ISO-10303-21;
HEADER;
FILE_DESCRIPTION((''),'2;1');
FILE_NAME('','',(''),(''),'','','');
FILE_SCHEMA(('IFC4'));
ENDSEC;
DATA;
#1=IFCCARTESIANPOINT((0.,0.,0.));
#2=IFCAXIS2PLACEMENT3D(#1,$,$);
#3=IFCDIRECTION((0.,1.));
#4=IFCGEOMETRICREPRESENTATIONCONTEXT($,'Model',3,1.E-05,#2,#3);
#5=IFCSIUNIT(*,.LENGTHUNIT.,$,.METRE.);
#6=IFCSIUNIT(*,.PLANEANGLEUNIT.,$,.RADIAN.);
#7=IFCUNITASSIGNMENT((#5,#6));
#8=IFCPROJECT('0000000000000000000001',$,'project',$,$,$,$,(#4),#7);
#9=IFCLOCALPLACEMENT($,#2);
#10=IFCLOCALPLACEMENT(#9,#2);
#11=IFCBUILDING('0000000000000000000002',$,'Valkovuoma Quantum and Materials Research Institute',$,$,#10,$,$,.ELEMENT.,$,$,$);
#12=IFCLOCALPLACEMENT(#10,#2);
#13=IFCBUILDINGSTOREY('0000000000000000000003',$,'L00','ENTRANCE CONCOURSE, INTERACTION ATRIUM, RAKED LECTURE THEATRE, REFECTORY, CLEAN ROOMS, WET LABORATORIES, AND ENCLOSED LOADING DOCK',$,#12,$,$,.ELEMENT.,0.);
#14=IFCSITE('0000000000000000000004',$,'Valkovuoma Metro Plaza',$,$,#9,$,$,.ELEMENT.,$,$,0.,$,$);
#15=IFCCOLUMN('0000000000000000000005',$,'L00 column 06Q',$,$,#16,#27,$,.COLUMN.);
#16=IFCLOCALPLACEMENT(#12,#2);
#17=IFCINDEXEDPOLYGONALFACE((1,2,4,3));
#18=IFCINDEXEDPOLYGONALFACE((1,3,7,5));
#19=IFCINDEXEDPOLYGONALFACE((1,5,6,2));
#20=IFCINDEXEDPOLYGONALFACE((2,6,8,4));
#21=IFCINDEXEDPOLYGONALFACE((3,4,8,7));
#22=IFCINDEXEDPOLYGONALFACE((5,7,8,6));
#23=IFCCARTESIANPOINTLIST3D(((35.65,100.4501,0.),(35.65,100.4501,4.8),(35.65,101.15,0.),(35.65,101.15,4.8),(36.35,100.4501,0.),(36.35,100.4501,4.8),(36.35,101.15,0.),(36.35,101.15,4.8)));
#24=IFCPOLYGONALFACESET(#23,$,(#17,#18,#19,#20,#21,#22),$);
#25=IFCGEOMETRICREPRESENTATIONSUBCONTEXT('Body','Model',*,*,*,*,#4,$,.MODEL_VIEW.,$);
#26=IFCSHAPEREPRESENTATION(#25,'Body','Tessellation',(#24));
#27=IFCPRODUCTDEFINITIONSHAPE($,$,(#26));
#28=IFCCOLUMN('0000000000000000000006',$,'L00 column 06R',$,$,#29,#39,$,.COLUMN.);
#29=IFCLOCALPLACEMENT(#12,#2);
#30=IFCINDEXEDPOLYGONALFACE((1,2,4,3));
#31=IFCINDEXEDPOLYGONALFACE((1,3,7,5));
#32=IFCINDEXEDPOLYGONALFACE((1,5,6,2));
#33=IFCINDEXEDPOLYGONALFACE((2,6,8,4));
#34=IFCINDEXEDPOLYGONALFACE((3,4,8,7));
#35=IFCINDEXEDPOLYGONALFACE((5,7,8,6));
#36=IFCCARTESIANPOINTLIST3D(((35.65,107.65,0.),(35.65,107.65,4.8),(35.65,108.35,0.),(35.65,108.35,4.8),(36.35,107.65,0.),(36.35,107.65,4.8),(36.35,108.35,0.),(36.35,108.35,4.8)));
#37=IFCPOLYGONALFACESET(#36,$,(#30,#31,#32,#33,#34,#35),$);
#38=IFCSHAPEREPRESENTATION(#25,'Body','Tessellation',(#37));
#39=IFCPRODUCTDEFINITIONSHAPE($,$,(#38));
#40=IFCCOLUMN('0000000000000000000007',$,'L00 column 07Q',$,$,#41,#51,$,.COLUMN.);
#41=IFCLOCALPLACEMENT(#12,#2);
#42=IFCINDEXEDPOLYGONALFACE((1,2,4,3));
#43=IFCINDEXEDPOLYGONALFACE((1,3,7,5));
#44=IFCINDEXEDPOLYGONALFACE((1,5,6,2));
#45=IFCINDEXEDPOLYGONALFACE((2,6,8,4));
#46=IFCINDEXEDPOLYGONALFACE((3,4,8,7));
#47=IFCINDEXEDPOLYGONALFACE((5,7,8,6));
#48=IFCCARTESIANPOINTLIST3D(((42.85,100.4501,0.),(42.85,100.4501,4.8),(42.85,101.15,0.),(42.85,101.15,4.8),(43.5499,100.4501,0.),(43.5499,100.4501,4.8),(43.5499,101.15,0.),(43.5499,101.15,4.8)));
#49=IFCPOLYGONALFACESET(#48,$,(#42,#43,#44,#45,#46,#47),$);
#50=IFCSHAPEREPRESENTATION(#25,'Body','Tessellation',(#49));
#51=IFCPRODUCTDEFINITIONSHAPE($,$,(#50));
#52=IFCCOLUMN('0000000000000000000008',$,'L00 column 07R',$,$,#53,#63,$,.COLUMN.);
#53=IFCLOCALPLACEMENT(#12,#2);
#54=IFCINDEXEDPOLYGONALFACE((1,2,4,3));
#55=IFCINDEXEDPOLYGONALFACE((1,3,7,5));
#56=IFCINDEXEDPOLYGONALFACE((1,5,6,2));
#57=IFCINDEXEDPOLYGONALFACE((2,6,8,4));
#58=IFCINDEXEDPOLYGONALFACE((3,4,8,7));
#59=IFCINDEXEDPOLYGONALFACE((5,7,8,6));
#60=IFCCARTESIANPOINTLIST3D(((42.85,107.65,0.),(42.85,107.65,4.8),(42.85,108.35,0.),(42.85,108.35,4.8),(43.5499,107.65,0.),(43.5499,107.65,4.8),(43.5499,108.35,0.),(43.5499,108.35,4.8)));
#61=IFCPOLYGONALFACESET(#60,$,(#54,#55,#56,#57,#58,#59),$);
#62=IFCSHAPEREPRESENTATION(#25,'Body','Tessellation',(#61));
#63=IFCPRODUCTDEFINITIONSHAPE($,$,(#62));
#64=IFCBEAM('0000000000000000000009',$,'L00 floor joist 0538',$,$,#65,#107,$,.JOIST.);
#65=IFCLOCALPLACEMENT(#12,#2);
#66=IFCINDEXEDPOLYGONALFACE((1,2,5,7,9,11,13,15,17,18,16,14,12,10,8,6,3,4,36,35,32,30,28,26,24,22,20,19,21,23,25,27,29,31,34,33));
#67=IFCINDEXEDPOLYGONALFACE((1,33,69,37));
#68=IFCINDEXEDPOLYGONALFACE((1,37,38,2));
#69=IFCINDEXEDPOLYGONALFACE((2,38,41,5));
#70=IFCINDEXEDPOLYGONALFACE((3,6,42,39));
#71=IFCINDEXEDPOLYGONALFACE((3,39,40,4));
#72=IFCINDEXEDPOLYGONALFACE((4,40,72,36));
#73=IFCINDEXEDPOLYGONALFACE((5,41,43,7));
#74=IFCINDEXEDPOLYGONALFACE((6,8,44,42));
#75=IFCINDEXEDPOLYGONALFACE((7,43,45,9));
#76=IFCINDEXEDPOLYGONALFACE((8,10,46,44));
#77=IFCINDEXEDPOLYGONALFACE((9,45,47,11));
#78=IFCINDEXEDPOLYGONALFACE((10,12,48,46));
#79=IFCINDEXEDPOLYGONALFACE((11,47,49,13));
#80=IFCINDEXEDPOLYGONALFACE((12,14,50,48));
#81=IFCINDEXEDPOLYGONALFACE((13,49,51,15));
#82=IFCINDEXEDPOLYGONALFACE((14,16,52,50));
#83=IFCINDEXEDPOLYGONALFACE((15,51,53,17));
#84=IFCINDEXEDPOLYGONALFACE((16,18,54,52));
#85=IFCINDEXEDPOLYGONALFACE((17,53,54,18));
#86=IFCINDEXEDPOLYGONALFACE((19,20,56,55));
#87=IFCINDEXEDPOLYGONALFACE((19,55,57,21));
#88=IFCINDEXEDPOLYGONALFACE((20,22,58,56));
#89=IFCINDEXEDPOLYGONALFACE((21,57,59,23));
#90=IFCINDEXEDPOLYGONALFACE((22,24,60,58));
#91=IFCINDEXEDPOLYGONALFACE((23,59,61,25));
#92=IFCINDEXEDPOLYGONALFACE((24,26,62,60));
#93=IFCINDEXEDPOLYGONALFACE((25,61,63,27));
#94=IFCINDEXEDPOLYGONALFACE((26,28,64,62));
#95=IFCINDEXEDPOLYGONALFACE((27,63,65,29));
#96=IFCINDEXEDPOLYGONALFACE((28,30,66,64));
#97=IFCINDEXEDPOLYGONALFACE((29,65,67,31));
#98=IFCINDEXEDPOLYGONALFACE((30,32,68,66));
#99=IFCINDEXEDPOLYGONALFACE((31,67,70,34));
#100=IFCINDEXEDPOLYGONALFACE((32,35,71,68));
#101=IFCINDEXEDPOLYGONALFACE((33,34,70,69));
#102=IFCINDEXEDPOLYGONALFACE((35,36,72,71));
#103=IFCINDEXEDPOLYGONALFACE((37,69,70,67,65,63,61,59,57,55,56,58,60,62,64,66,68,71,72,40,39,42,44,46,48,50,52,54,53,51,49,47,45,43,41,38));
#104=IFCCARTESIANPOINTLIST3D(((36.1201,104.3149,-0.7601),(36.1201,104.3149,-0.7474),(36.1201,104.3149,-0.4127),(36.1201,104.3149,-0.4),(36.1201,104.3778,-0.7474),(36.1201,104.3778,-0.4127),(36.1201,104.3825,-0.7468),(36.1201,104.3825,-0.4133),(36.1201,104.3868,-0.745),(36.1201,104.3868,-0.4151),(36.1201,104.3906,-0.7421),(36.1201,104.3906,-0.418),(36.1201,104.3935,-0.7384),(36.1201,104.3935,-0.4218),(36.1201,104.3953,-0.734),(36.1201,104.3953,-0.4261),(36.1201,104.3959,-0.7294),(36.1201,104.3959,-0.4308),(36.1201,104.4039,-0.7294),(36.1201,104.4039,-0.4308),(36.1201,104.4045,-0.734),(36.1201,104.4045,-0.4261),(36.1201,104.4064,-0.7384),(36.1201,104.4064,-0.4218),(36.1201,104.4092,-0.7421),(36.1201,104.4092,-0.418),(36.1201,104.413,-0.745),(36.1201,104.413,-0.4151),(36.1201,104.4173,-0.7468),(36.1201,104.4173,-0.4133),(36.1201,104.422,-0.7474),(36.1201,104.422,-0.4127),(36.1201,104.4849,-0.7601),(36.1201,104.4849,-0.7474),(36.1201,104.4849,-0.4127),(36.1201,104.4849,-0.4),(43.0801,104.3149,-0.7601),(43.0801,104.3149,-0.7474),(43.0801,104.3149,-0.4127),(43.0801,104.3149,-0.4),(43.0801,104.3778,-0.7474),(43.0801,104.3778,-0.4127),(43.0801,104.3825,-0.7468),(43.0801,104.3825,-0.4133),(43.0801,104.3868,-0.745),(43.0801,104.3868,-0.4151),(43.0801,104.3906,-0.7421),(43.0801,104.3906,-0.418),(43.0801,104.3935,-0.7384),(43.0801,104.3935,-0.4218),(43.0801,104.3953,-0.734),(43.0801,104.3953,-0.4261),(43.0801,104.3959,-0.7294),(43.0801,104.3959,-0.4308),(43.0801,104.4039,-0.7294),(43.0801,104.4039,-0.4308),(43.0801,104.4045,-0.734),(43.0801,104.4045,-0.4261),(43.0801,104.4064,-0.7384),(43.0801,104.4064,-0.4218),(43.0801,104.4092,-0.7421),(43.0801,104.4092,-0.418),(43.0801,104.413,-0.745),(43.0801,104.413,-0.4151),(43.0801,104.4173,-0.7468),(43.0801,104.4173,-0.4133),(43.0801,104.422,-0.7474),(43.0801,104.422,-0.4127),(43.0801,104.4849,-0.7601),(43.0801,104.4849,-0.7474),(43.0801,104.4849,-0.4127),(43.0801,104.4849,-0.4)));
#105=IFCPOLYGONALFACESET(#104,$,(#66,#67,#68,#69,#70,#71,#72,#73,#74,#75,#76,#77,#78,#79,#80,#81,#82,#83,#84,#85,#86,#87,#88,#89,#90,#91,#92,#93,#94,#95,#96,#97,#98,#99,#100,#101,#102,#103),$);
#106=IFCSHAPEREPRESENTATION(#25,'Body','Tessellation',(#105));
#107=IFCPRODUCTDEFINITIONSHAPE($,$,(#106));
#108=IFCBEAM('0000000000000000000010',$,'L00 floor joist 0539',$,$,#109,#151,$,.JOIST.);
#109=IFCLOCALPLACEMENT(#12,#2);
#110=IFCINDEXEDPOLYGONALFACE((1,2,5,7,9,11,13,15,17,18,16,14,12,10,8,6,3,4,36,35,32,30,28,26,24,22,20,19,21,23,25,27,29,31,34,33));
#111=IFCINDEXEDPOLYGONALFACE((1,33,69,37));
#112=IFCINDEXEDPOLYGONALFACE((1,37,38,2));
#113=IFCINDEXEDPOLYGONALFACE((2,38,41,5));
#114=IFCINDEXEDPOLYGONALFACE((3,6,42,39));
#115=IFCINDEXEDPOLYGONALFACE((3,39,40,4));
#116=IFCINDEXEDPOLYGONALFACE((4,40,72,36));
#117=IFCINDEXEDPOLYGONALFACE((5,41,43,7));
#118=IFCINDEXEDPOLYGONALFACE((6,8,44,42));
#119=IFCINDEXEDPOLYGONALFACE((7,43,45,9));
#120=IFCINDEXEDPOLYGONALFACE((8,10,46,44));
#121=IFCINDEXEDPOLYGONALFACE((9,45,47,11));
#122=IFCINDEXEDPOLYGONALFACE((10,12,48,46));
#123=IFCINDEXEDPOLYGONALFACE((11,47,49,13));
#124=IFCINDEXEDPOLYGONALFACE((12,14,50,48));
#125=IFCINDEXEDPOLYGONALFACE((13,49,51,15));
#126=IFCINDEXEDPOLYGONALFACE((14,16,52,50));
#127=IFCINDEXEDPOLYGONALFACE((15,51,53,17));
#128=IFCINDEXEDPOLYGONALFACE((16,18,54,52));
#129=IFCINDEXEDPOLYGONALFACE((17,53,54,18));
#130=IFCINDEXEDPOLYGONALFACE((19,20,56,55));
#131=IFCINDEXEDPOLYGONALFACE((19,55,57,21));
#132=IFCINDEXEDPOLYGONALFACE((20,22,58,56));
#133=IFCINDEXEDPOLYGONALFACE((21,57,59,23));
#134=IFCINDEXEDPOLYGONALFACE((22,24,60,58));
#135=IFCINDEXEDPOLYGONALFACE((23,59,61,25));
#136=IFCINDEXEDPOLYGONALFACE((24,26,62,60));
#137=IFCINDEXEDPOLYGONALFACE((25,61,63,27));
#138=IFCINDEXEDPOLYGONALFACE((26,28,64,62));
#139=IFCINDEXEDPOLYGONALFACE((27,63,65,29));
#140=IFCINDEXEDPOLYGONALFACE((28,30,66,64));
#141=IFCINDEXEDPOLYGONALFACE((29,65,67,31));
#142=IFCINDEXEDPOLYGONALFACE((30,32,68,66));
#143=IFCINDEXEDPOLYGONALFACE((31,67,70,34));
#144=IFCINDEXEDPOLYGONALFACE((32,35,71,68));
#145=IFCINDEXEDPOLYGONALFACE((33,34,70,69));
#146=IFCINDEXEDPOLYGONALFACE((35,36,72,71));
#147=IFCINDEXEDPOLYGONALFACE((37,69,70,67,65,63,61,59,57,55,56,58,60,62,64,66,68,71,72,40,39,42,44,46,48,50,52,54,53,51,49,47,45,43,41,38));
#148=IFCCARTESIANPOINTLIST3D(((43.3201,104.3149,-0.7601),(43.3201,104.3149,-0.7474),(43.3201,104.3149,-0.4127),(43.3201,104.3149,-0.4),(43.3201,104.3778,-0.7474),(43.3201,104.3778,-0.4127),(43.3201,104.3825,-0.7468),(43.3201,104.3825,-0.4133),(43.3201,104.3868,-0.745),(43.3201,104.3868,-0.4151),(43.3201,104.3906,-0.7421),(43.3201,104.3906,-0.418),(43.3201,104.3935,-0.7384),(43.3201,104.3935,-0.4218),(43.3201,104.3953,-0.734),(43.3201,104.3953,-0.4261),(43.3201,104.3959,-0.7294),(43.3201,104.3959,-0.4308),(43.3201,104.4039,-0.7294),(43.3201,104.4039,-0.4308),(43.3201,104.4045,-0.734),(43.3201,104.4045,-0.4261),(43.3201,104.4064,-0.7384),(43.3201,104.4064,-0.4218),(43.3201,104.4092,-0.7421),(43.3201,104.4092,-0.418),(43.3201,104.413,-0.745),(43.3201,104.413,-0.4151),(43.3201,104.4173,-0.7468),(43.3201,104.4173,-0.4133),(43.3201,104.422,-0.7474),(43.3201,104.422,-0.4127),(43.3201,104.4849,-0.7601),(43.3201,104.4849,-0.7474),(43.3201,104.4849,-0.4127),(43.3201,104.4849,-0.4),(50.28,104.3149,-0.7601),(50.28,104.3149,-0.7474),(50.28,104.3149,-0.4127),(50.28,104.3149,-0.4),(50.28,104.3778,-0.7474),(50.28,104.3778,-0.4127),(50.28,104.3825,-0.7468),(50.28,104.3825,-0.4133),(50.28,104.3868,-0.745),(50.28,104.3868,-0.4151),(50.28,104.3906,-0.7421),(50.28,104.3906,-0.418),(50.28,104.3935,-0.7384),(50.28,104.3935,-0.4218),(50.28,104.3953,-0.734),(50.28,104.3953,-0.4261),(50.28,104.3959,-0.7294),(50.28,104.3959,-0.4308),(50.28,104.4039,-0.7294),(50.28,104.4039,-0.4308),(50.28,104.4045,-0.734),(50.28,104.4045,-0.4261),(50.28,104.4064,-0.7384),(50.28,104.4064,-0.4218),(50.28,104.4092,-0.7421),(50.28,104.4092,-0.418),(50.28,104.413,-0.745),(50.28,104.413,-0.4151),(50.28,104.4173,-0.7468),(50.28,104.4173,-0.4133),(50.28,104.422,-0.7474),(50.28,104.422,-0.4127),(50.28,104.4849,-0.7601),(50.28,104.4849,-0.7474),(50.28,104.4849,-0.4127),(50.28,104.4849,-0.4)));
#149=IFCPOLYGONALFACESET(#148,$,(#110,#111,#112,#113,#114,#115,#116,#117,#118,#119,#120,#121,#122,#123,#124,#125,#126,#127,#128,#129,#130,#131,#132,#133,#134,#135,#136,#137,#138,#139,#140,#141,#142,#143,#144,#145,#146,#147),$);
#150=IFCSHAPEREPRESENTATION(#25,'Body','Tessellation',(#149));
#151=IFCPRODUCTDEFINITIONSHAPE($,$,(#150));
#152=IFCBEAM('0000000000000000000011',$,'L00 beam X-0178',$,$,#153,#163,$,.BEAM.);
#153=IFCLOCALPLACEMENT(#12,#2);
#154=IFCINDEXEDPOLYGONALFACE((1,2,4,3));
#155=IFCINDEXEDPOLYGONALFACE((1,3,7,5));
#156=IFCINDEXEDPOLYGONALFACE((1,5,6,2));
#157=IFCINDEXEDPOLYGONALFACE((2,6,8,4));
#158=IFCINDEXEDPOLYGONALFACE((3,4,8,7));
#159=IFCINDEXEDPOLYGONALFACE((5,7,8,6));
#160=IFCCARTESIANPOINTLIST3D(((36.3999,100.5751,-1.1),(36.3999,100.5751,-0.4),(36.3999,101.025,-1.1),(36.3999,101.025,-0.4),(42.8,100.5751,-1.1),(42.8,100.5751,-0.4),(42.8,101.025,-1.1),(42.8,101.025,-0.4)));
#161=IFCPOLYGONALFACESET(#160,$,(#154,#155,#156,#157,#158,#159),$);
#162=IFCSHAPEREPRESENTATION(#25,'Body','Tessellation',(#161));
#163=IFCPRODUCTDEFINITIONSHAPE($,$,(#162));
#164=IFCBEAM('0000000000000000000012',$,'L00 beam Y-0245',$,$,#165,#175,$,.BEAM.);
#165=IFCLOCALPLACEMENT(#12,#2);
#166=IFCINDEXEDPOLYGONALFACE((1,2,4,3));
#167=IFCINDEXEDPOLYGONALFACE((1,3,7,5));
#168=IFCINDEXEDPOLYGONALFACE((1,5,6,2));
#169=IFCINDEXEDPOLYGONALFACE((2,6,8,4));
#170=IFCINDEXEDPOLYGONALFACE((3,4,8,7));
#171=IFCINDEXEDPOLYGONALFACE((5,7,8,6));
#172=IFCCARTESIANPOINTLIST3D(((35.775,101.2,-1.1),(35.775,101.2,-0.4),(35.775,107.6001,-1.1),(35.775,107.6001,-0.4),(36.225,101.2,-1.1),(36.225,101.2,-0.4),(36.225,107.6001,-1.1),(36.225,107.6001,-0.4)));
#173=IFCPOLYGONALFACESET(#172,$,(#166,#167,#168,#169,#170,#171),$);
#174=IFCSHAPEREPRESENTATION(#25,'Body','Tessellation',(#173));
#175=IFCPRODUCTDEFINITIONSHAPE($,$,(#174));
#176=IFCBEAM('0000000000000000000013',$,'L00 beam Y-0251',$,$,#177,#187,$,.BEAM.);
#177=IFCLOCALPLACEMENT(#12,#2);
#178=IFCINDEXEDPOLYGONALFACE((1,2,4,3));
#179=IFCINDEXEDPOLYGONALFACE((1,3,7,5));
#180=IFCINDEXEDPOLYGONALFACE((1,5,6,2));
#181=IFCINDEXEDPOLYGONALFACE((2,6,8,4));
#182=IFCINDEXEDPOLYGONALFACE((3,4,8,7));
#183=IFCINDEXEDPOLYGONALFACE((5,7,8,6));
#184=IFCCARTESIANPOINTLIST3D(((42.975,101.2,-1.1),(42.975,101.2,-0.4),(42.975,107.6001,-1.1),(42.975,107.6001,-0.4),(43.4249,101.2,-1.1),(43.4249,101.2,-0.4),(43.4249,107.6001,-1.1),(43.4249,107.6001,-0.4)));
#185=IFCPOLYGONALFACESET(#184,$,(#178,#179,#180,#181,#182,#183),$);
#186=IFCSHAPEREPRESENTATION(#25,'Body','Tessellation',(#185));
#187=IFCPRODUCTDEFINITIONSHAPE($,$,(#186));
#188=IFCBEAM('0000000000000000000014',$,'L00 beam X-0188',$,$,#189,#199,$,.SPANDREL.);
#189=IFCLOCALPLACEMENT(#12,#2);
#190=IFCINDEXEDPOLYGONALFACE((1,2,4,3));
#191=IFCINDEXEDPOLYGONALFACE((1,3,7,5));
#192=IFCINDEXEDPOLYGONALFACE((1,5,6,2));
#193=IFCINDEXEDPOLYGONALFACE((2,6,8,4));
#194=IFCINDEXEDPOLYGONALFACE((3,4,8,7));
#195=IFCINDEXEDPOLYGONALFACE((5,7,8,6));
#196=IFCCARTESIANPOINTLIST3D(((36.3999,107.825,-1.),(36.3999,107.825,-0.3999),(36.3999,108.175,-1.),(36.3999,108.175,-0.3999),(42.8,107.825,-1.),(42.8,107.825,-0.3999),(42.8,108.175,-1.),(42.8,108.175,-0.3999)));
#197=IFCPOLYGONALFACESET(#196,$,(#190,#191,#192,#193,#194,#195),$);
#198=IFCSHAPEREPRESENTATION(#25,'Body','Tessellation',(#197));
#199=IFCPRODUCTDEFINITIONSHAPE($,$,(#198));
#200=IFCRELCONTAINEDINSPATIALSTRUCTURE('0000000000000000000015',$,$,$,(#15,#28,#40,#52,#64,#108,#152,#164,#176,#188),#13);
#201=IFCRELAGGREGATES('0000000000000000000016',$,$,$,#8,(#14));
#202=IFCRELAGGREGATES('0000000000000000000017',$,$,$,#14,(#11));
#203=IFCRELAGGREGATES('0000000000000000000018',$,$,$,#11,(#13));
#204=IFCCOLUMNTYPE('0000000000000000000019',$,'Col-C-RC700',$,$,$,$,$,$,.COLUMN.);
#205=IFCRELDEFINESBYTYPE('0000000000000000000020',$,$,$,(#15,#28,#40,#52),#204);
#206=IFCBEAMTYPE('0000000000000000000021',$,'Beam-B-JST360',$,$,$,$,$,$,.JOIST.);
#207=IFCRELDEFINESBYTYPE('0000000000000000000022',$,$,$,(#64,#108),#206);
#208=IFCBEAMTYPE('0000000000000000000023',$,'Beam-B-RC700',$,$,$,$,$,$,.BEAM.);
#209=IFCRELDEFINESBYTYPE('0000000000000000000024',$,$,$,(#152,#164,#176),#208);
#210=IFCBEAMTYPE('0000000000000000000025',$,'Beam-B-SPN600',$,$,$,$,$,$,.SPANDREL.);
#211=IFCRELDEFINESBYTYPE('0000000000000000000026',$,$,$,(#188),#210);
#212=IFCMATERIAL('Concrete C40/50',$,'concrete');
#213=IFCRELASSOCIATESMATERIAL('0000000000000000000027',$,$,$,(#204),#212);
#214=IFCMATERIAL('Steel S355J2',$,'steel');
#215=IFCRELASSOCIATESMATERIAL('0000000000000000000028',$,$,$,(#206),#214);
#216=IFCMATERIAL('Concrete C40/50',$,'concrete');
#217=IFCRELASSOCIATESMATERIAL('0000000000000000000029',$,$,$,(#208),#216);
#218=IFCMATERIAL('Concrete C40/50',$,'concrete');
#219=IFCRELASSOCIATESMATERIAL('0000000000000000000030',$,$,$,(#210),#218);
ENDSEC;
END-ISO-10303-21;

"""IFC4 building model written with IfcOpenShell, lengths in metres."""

from ifc_helpers import new_model, si_unit, direction, frame, origin, origin_2d, place, context, subcontext, project, spatial, rectangle, i_section, extrude, material, material_profile, profile_set, type_object, element, save


model = new_model("IFC4")

# Units and contexts
model_context = context("Model", 3, precision=1e-05, world=origin(), true_north=direction((0.0, 1.0)))
body_context = subcontext(model_context, "Body", "Model", "MODEL_VIEW")
ifc_project = project(units=[si_unit("LENGTHUNIT", "METRE"), si_unit("PLANEANGLEUNIT", "RADIAN")], contexts=[model_context])

# Site, building, storey
site_placement = place(None, origin())
site = spatial("IfcSite", under=ifc_project, at=site_placement, Name="Valkovuoma Metro Plaza", CompositionType="ELEMENT", RefElevation=0.0)
building_placement = place(site_placement, origin())
building = spatial("IfcBuilding", under=site, at=building_placement, Name="Valkovuoma Quantum and Materials Research Institute", CompositionType="ELEMENT")
storey_placement = place(building_placement, origin())
storey = spatial("IfcBuildingStorey", under=building, at=storey_placement, Name="L00", Description="ENTRANCE CONCOURSE, INTERACTION ATRIUM, RAKED LECTURE THEATRE, REFECTORY, CLEAN ROOMS, WET LABORATORIES, AND ENCLOSED LOADING DOCK", CompositionType="ELEMENT", Elevation=0.0)

# Columns
ifc_material_1 = material(Name="Concrete C40/50", Category="concrete")
ifc_material_profile_1 = material_profile(ifc_material_1, rectangle(XDim=0.7, YDim=0.7, at=origin_2d()), Name="Concrete C40/50")
ifc_profile_set_1 = profile_set([ifc_material_profile_1], Name="Concrete C40/50")
column_type = type_object("IfcColumnType", Name="Col-C-RC700", PredefinedType="COLUMN", material=ifc_profile_set_1)
for number, where, z_axis, x_axis, name in (
    (1, (36.0, 100.8, 0.0), (0.0, 0.0, 1.0), (1.0, 0.0, 0.0), "L00 column 06Q"),
    (2, (36.0, 108.0, 0.0), (0.0, 0.0, 1.0), (1.0, 0.0, 0.0), "L00 column 06R"),
    (3, (43.2, 100.8, 0.0), (0.0, 0.0, 1.0), (1.0, 0.0, 0.0), "L00 column 07Q"),
    (4, (43.2, 108.0, 0.0), (0.0, 0.0, 1.0), (1.0, 0.0, 0.0), "L00 column 07R"),
):
    element("IfcColumn", number, at=place(storey_placement, frame(where, z_axis=z_axis, x_axis=x_axis)), inside=storey, type_object=column_type, Name=name, PredefinedType="COLUMN", context=body_context, shape_type="SweptSolid", body=[
        extrude(rectangle(XDim=0.7, YDim=0.7, at=origin_2d()), origin(), (0.0, 0.0, 1.0), 4.8),
    ])

# Beams
ifc_material_2 = material(Name="Steel S355J2", Category="steel")
ifc_material_profile_2 = material_profile(ifc_material_2, i_section(OverallWidth=0.1699, OverallDepth=0.3601, WebThickness=0.0081, FlangeThickness=0.0127, FilletRadius=0.0181, at=origin_2d()), Name="Steel S355J2")
ifc_profile_set_2 = profile_set([ifc_material_profile_2], Name="Steel S355J2")
beam_type_1 = type_object("IfcBeamType", Name="Beam-B-JST360", PredefinedType="JOIST", material=ifc_profile_set_2)
for number, where, z_axis, x_axis, name in (
    (5, (36.1201, 104.3999, -0.5801), (1.0, 0.0, 0.0), (0.0, 1.0, 0.0), "L00 floor joist 0538"),
    (6, (43.3201, 104.3999, -0.5801), (1.0, 0.0, 0.0), (0.0, 1.0, 0.0), "L00 floor joist 0539"),
):
    element("IfcBeam", number, at=place(storey_placement, frame(where, z_axis=z_axis, x_axis=x_axis)), inside=storey, type_object=beam_type_1, Name=name, PredefinedType="JOIST", context=body_context, shape_type="SweptSolid", body=[
        extrude(i_section(OverallWidth=0.1699, OverallDepth=0.3601, WebThickness=0.0081, FlangeThickness=0.0127, FilletRadius=0.0181, at=origin_2d()), origin(), (0.0, 0.0, 1.0), 6.96),
    ])
ifc_material_3 = material(Name="Concrete C40/50", Category="concrete")
ifc_material_profile_3 = material_profile(ifc_material_3, rectangle(XDim=0.45, YDim=0.7, at=origin_2d()), Name="Concrete C40/50")
ifc_profile_set_3 = profile_set([ifc_material_profile_3], Name="Concrete C40/50")
beam_type_2 = type_object("IfcBeamType", Name="Beam-B-RC700", PredefinedType="BEAM", material=ifc_profile_set_3)
for number, where, z_axis, x_axis, name in (
    (7, (36.3999, 100.8, -0.75), (1.0, 0.0, 0.0), (0.0, 1.0, 0.0), "L00 beam X-0178"),
    (8, (36.0, 101.2, -0.75), (0.0, 1.0, 0.0), (-1.0, 0.0, 0.0), "L00 beam Y-0245"),
    (9, (43.2, 101.2, -0.75), (0.0, 1.0, 0.0), (-1.0, 0.0, 0.0), "L00 beam Y-0251"),
):
    element("IfcBeam", number, at=place(storey_placement, frame(where, z_axis=z_axis, x_axis=x_axis)), inside=storey, type_object=beam_type_2, Name=name, PredefinedType="BEAM", context=body_context, shape_type="SweptSolid", body=[
        extrude(rectangle(XDim=0.45, YDim=0.7, at=origin_2d()), origin(), (0.0, 0.0, 1.0), 6.4001),
    ])
ifc_material_4 = material(Name="Concrete C40/50", Category="concrete")
ifc_material_profile_4 = material_profile(ifc_material_4, rectangle(XDim=0.3501, YDim=0.6001, at=origin_2d()), Name="Concrete C40/50")
ifc_profile_set_4 = profile_set([ifc_material_profile_4], Name="Concrete C40/50")
beam_type_3 = type_object("IfcBeamType", Name="Beam-B-SPN600", PredefinedType="SPANDREL", material=ifc_profile_set_4)
beam_placement = place(storey_placement, frame((36.3999, 108.0, -0.7), z_axis=(1.0, 0.0, 0.0), x_axis=(0.0, 1.0, 0.0)))
element("IfcBeam", 10, at=beam_placement, inside=storey, type_object=beam_type_3, Name="L00 beam X-0188", PredefinedType="SPANDREL", context=body_context, shape_type="SweptSolid", body=[
    extrude(rectangle(XDim=0.3501, YDim=0.6001, at=origin_2d()), origin(), (0.0, 0.0, 1.0), 6.4001),
])

save(model, "model.ifc")
